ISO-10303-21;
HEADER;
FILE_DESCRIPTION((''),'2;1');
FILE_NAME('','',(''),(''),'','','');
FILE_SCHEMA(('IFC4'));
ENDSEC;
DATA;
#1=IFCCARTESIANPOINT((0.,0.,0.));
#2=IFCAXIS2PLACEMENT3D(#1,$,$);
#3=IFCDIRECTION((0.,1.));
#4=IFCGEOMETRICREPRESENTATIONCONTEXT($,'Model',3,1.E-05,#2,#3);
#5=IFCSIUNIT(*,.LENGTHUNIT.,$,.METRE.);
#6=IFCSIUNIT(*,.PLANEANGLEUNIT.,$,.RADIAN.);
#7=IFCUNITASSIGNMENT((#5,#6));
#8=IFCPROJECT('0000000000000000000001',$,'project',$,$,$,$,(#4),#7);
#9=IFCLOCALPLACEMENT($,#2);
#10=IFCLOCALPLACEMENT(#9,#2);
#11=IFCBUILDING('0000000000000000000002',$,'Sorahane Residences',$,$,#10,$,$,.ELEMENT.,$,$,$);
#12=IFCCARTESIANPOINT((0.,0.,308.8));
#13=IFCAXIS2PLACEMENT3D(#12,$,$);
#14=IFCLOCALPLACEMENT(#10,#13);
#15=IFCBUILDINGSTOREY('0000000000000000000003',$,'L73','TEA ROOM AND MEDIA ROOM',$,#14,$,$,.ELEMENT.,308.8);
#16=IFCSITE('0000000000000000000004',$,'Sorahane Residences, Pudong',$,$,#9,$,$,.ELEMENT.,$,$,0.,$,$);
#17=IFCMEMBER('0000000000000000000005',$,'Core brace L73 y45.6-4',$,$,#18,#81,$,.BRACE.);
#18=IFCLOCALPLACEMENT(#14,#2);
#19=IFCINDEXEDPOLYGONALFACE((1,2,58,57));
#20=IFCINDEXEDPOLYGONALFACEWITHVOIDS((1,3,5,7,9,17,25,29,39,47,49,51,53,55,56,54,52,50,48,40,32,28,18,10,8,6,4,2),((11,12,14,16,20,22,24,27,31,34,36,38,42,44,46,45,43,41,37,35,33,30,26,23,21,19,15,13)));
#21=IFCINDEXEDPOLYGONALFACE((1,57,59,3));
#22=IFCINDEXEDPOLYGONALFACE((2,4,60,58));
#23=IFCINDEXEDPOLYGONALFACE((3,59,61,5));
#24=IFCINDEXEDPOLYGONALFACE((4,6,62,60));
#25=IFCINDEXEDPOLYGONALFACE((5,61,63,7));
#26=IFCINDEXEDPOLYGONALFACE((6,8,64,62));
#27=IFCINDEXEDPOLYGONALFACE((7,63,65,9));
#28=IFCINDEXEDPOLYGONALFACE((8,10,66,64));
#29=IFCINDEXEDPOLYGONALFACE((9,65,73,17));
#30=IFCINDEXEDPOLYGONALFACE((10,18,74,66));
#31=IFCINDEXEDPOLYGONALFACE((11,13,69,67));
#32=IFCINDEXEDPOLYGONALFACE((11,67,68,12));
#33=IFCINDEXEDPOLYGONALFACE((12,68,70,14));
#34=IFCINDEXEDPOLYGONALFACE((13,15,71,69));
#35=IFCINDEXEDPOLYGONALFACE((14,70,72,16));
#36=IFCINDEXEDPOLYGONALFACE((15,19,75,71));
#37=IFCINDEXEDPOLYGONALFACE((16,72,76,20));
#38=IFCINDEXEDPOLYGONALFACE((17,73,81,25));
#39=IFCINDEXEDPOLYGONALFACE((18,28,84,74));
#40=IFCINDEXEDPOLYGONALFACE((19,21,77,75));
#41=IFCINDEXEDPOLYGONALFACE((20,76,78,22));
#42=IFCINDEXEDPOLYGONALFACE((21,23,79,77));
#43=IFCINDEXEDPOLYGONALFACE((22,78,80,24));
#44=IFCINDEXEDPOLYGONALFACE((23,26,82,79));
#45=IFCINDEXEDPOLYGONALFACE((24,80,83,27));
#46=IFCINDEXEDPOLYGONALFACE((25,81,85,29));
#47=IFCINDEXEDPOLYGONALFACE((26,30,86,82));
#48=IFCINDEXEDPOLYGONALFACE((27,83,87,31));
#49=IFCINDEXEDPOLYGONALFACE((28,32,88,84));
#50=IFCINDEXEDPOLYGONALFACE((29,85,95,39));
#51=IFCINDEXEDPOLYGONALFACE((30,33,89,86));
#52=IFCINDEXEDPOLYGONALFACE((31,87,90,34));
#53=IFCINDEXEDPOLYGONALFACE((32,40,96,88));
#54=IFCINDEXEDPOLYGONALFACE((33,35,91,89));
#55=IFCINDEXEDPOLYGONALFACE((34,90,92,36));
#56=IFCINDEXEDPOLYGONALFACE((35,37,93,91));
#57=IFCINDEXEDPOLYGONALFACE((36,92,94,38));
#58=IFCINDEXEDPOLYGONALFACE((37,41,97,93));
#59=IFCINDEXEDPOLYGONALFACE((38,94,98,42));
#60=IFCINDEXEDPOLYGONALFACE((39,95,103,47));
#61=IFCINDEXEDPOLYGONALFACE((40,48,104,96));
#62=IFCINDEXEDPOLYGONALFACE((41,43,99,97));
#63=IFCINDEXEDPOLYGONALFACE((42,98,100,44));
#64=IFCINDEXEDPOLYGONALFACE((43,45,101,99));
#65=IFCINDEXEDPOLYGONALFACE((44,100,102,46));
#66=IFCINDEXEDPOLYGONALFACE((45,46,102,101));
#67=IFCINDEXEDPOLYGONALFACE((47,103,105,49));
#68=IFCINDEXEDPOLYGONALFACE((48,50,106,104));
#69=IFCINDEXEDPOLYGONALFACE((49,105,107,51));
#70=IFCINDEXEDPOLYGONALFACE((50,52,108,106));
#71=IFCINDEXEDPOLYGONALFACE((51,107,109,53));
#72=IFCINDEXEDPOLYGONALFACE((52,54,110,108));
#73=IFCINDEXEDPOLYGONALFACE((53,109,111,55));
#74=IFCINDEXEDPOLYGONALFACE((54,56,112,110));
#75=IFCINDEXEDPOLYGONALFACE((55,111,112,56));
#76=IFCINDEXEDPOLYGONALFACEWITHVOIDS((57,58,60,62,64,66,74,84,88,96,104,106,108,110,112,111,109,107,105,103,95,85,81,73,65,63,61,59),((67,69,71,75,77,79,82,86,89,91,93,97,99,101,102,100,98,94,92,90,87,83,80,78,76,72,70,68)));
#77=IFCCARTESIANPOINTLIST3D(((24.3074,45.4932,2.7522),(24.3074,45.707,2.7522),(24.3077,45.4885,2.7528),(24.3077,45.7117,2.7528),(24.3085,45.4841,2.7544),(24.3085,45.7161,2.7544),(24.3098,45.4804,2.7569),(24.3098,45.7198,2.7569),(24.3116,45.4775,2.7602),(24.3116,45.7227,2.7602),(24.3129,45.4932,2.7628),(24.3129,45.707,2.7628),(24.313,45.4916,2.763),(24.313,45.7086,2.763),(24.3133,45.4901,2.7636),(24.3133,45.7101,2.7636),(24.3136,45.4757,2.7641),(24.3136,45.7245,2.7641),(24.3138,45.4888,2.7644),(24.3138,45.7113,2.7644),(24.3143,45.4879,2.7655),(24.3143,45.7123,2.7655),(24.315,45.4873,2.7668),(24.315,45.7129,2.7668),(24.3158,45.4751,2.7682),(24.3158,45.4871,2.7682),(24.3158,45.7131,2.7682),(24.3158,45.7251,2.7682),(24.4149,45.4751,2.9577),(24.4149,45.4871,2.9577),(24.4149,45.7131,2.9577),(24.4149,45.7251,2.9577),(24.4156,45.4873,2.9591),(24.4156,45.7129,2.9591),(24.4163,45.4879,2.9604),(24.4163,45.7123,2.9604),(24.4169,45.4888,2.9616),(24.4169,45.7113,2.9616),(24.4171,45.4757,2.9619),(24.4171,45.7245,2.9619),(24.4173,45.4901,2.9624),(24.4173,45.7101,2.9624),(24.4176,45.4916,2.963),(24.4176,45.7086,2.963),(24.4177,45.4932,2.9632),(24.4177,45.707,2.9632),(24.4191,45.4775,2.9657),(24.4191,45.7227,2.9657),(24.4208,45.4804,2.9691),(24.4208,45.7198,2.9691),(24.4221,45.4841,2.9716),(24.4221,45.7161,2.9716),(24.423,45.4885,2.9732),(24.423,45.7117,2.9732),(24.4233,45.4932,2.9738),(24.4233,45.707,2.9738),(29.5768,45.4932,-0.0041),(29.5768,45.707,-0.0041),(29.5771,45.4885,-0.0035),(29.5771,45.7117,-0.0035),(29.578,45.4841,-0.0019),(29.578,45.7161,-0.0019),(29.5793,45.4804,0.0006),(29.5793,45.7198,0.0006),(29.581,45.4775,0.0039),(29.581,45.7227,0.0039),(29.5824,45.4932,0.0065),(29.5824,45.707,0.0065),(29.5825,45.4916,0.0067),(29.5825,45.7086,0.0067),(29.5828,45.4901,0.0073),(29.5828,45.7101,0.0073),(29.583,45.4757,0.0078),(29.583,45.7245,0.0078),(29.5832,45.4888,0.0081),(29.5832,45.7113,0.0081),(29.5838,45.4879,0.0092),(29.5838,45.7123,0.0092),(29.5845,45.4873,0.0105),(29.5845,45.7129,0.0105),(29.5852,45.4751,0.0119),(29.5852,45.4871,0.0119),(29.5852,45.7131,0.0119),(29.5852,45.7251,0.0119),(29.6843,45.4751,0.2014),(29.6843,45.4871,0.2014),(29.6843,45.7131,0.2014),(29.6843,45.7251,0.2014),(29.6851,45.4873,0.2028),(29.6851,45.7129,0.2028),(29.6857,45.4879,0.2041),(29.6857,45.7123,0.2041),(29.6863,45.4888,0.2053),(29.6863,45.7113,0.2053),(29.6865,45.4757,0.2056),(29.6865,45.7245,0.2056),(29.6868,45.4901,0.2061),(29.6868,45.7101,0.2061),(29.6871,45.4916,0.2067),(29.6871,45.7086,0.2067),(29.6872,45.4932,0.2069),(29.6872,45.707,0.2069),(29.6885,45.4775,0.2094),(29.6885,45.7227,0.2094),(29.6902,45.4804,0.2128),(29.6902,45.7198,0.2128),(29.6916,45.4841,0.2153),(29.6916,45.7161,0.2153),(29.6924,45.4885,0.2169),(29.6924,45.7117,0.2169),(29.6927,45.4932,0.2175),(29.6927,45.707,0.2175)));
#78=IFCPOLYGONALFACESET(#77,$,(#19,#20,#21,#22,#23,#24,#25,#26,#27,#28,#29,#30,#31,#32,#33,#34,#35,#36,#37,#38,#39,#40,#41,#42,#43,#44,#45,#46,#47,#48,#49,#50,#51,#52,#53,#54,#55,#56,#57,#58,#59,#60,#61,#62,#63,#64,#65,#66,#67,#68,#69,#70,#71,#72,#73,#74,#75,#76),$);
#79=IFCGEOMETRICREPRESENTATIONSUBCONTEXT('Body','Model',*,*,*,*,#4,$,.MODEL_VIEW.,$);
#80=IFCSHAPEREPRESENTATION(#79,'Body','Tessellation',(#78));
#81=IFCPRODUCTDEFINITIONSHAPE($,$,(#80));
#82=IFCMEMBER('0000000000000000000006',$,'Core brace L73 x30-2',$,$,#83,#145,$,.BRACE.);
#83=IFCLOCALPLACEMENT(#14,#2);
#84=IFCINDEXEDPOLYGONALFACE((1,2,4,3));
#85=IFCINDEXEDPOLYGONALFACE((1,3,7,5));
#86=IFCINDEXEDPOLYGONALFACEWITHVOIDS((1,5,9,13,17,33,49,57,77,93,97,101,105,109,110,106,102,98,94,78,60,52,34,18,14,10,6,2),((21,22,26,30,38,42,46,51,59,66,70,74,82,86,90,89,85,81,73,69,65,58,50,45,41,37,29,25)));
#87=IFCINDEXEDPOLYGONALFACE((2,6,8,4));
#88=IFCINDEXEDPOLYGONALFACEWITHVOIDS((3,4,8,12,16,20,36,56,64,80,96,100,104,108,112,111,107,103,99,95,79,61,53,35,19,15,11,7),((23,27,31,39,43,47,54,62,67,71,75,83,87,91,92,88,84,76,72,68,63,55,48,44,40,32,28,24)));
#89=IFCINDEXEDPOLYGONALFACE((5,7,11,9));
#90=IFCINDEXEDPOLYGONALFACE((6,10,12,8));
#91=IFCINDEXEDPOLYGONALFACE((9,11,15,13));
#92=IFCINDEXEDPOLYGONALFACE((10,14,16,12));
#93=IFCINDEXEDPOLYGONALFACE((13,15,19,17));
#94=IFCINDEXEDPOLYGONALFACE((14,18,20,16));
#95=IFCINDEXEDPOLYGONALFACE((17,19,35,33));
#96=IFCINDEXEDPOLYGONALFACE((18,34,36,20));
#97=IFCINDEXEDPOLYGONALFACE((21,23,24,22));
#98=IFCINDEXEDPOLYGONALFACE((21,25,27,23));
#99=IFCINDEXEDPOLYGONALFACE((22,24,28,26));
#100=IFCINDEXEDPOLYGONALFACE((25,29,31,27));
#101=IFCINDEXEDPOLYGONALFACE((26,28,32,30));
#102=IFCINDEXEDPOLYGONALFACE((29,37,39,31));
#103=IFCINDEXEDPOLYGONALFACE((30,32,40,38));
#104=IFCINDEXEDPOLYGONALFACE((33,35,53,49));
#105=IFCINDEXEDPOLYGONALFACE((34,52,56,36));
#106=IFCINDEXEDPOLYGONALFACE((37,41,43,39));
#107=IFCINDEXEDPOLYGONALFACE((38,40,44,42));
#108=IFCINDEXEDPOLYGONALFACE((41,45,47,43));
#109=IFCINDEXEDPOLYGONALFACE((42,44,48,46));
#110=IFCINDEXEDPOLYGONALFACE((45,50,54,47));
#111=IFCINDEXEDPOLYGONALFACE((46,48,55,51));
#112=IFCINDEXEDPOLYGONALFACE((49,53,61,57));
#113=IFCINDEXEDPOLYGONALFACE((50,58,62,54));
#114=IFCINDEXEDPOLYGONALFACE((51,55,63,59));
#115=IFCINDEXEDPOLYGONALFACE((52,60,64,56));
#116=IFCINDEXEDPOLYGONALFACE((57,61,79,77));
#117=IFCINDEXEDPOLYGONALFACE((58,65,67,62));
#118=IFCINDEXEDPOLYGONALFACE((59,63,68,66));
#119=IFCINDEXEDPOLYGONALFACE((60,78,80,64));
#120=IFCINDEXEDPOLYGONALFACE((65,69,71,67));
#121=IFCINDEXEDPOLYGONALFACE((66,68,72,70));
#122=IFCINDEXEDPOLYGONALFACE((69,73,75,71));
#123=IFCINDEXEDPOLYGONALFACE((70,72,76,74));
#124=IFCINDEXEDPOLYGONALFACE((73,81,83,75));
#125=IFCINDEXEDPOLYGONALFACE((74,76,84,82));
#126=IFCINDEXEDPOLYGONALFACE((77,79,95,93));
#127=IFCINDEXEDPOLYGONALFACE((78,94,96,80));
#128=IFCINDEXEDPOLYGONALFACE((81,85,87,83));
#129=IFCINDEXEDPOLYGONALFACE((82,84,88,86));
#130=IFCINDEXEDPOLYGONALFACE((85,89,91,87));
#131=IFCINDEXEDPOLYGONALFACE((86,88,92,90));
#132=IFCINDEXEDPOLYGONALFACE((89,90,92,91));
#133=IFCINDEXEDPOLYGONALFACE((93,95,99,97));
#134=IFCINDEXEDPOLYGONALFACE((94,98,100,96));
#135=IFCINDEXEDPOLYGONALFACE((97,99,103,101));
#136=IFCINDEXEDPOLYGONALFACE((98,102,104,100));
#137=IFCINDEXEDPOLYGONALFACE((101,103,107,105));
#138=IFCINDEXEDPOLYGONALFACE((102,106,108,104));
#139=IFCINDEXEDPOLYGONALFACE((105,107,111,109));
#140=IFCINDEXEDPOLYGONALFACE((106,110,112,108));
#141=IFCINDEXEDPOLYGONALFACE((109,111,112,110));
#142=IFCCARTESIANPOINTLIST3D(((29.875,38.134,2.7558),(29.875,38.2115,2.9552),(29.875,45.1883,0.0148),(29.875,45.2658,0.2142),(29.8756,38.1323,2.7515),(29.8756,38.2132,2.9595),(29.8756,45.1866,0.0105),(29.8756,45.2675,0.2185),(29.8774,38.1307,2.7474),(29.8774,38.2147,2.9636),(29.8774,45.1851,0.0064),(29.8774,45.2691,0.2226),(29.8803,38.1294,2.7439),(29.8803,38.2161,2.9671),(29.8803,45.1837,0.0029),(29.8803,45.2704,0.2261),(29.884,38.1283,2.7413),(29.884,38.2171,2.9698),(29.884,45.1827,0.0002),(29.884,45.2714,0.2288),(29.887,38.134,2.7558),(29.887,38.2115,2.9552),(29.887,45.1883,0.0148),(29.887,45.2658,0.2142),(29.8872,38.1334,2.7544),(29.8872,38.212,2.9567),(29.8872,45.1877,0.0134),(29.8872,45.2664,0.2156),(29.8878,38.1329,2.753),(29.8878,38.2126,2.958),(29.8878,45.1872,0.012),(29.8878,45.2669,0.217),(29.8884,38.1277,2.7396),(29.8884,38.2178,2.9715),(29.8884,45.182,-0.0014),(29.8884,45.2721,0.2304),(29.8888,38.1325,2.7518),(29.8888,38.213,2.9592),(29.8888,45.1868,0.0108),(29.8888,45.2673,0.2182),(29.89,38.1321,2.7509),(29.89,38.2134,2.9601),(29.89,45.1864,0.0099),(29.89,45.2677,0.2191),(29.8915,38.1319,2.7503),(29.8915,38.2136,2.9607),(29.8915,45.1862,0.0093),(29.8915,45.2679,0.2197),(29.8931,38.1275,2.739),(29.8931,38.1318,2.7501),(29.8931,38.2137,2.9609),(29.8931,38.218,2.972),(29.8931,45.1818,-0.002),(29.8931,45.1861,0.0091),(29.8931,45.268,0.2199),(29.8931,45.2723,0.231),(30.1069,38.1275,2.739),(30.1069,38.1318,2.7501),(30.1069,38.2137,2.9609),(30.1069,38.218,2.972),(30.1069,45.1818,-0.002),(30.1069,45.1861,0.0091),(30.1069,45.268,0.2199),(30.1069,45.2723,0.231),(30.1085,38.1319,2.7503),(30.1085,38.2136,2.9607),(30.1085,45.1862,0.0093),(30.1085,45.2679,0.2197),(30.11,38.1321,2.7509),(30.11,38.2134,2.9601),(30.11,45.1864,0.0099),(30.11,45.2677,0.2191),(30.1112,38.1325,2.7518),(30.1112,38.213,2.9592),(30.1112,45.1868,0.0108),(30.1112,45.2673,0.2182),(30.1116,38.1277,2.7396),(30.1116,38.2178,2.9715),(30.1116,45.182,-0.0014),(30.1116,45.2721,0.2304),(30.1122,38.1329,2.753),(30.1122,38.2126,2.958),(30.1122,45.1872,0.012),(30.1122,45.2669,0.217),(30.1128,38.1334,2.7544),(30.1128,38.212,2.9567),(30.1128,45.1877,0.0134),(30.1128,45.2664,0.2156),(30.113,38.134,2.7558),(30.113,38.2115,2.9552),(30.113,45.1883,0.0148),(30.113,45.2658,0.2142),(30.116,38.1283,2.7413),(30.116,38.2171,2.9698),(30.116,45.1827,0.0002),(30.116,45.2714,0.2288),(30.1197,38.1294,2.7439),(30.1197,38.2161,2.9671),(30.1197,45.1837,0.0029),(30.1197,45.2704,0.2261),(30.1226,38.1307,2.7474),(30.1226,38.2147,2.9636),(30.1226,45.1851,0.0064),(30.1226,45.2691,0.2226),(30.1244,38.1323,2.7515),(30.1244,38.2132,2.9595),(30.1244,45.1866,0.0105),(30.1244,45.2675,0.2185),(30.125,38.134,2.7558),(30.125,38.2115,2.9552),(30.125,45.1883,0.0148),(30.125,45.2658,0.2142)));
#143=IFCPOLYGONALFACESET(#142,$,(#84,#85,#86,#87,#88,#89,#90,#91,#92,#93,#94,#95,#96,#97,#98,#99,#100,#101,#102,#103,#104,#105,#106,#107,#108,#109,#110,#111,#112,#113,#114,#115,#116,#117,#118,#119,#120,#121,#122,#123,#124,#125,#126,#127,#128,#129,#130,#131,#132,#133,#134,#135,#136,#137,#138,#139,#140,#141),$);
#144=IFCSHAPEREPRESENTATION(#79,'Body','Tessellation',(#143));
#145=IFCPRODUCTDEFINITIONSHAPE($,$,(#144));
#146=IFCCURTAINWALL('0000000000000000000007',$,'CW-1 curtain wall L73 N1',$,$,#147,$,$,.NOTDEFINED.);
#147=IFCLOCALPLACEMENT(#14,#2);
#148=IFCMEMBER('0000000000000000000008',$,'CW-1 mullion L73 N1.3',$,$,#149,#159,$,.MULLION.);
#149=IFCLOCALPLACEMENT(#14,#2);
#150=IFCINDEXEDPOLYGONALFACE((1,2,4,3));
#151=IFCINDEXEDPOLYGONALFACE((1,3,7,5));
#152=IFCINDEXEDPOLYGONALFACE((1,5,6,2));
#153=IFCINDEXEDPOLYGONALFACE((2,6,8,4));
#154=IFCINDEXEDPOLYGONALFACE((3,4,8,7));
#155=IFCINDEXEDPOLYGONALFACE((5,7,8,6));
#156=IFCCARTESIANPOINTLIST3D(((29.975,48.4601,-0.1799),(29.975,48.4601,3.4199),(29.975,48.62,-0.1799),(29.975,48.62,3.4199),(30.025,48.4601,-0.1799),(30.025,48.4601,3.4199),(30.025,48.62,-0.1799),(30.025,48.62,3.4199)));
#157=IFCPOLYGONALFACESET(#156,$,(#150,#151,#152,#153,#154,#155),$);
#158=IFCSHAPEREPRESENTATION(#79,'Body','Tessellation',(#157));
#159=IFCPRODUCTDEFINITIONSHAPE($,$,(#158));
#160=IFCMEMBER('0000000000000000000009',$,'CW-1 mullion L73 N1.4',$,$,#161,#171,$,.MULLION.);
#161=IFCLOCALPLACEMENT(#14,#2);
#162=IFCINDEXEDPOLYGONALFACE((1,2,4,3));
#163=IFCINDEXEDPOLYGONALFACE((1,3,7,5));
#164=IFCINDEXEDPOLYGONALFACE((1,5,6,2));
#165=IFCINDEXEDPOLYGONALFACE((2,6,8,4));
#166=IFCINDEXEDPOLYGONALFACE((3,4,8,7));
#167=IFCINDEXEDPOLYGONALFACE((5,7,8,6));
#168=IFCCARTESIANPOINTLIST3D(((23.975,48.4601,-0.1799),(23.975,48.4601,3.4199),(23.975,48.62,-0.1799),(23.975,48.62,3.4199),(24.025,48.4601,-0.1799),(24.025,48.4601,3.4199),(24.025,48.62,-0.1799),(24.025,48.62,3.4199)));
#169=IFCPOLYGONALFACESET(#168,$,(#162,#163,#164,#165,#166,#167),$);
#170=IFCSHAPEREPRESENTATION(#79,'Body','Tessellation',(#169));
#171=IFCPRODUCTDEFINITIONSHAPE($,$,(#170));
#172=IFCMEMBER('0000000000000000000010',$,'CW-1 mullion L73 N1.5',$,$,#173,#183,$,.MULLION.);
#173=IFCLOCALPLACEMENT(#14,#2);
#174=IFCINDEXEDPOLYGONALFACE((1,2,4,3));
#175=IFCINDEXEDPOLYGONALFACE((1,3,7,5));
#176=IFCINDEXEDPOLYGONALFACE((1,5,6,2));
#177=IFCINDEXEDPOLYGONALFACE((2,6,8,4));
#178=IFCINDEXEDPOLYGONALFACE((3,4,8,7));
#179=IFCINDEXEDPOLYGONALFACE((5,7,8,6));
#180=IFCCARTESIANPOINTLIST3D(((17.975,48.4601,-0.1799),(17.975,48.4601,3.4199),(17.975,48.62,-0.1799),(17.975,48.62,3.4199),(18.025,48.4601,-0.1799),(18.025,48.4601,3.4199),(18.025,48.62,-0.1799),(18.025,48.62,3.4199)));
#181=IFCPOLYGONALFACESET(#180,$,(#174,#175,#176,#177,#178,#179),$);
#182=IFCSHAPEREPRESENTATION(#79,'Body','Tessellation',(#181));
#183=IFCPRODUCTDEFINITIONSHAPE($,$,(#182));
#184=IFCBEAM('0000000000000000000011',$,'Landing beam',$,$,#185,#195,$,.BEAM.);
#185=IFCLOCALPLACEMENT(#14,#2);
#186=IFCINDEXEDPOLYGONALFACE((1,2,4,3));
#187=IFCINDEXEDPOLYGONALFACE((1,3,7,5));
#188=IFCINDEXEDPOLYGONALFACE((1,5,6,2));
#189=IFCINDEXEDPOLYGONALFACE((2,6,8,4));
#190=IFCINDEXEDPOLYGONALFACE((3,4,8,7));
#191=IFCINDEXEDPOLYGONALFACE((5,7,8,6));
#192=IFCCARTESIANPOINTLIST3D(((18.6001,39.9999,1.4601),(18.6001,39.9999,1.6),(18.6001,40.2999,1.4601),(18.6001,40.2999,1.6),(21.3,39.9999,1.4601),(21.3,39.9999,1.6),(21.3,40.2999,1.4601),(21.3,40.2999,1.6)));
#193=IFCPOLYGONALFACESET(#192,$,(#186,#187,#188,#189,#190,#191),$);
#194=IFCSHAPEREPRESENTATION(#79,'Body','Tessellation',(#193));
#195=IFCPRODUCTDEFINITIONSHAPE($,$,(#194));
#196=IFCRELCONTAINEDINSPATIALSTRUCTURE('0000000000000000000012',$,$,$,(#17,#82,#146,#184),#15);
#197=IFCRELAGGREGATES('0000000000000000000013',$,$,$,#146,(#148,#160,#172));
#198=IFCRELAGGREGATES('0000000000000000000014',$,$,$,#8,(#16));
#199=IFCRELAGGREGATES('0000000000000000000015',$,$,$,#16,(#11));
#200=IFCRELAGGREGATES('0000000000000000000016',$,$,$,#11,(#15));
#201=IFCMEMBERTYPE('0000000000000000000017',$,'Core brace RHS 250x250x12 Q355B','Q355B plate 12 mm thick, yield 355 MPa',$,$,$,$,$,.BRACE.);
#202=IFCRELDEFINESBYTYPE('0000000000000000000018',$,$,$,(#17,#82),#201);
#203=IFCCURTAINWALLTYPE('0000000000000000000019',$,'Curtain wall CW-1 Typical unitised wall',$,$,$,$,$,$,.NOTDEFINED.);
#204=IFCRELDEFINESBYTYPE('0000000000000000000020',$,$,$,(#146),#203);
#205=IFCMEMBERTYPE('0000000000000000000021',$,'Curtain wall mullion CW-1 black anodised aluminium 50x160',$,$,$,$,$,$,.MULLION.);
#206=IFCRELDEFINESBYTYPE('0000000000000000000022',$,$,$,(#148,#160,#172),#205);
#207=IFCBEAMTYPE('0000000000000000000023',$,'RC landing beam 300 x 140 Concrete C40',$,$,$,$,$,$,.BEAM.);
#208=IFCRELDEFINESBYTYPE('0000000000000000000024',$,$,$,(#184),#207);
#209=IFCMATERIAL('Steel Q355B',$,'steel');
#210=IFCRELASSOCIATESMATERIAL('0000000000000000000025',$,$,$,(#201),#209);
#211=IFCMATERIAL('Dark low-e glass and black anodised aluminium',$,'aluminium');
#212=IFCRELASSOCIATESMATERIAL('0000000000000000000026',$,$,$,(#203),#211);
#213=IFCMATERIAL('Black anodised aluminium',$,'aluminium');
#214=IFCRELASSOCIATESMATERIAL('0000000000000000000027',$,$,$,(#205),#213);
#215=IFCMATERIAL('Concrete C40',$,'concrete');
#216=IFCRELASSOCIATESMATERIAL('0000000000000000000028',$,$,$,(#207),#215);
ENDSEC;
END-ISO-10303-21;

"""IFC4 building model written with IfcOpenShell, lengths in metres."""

from ifc_helpers import new_model, si_unit, direction, frame, origin, origin_2d, place, context, subcontext, project, spatial, rectangle, hollow_rectangle, extrude, material, material_profile, profile_set, type_object, element, aggregate, save


model = new_model("IFC4")

# Units and contexts
model_context = context("Model", 3, precision=1e-05, world=origin(), true_north=direction((0.0, 1.0)))
body_context = subcontext(model_context, "Body", "Model", "MODEL_VIEW")
ifc_project = project(units=[si_unit("LENGTHUNIT", "METRE"), si_unit("PLANEANGLEUNIT", "RADIAN")], contexts=[model_context])

# Site, building, storey
site_placement = place(None, origin())
site = spatial("IfcSite", under=ifc_project, at=site_placement, Name="Sorahane Residences, Pudong", CompositionType="ELEMENT", RefElevation=0.0)
building_placement = place(site_placement, origin())
building = spatial("IfcBuilding", under=site, at=building_placement, Name="Sorahane Residences", CompositionType="ELEMENT")
storey_placement = place(building_placement, frame((0.0, 0.0, 308.8)))
storey = spatial("IfcBuildingStorey", under=building, at=storey_placement, Name="L73", Description="TEA ROOM AND MEDIA ROOM", CompositionType="ELEMENT", Elevation=308.8)

# Members
ifc_material_1 = material(Name="Steel Q355B", Category="steel")
ifc_material_profile_1 = material_profile(ifc_material_1, hollow_rectangle(XDim=0.25, YDim=0.25, WallThickness=0.012, InnerFilletRadius=0.0061, OuterFilletRadius=0.0181, at=origin_2d()), Name="RHS 250x250x12")
ifc_profile_set_1 = profile_set([ifc_material_profile_1], Name="Steel Q355B")
member_type_1 = type_object("IfcMemberType", Name="Core brace RHS 250x250x12 Q355B", Description="Q355B plate 12 mm thick, yield 355 MPa", PredefinedType="BRACE", material=ifc_profile_set_1)
for number, where, z_axis, x_axis, name in (
    (1, (29.6348, 45.6001, 0.1067), (-0.8861, 0.0, 0.463495), (0.0, -1.0, 0.0), "Core brace L73 y45.6-4"),
):
    element("IfcMember", number, at=place(storey_placement, frame(where, z_axis=z_axis, x_axis=x_axis)), inside=storey, type_object=member_type_1, Name=name, PredefinedType="BRACE", context=body_context, shape_type="SweptSolid", body=[
        extrude(hollow_rectangle(XDim=0.25, YDim=0.25, WallThickness=0.012, InnerFilletRadius=0.0061, OuterFilletRadius=0.0181, at=origin_2d()), origin(), (0.0, 0.0, 1.0), 5.9468),
    ])
member_1_placement = place(storey_placement, frame((30.0, 45.2271, 0.1145), z_axis=(0.0, -0.932109, 0.362178), x_axis=(1.0, 0.0, 0.0)))
element("IfcMember", 2, at=member_1_placement, inside=storey, type_object=member_type_1, Name="Core brace L73 x30-2", PredefinedType="BRACE", context=body_context, shape_type="SweptSolid", body=[
    extrude(hollow_rectangle(XDim=0.25, YDim=0.25, WallThickness=0.012, InnerFilletRadius=0.0061, OuterFilletRadius=0.0181, at=origin_2d()), origin(), (0.0, 0.0, 1.0), 7.5681),
])

# Curtain wall, members
ifc_material_2 = material(Name="Dark low-e glass and black anodised aluminium", Category="aluminium")
curtain_wall_type = type_object("IfcCurtainWallType", Name="Curtain wall CW-1 Typical unitised wall", PredefinedType="NOTDEFINED", material=ifc_material_2)
curtain_wall_placement = place(storey_placement, origin())
curtain_wall = element("IfcCurtainWall", 3, at=curtain_wall_placement, inside=storey, type_object=curtain_wall_type, Name="CW-1 curtain wall L73 N1", PredefinedType="NOTDEFINED")
ifc_material_3 = material(Name="Black anodised aluminium", Category="aluminium")
ifc_material_profile_2 = material_profile(ifc_material_3, rectangle(XDim=0.1599, YDim=0.05, at=origin_2d()), Name="Curtain wall mullion CW-1 black anodised aluminium 50x160")
ifc_profile_set_2 = profile_set([ifc_material_profile_2], Name="Black anodised aluminium")
member_type_2 = type_object("IfcMemberType", Name="Curtain wall mullion CW-1 black anodised aluminium 50x160", PredefinedType="MULLION", material=ifc_profile_set_2)
member_2_placement = place(storey_placement, frame((30.0, 48.54, -0.1799), z_axis=(0.0, 0.0, 1.0), x_axis=(0.0, 1.0, 0.0)))
member_2 = element("IfcMember", 4, at=member_2_placement, type_object=member_type_2, Name="CW-1 mullion L73 N1.3", PredefinedType="MULLION", context=body_context, shape_type="SweptSolid", body=[
    extrude(rectangle(XDim=0.1599, YDim=0.05, at=origin_2d()), origin(), (0.0, 0.0, 1.0), 3.5999),
])
member_3_placement = place(storey_placement, frame((24.0, 48.54, -0.1799), z_axis=(0.0, 0.0, 1.0), x_axis=(0.0, 1.0, 0.0)))
member_3 = element("IfcMember", 5, at=member_3_placement, type_object=member_type_2, Name="CW-1 mullion L73 N1.4", PredefinedType="MULLION", context=body_context, shape_type="SweptSolid", body=[
    extrude(rectangle(XDim=0.1599, YDim=0.05, at=origin_2d()), origin(), (0.0, 0.0, 1.0), 3.5999),
])
member_4_placement = place(storey_placement, frame((18.0, 48.54, -0.1799), z_axis=(0.0, 0.0, 1.0), x_axis=(0.0, 1.0, 0.0)))
member_4 = element("IfcMember", 6, at=member_4_placement, type_object=member_type_2, Name="CW-1 mullion L73 N1.5", PredefinedType="MULLION", context=body_context, shape_type="SweptSolid", body=[
    extrude(rectangle(XDim=0.1599, YDim=0.05, at=origin_2d()), origin(), (0.0, 0.0, 1.0), 3.5999),
])

# Beam
ifc_material_4 = material(Name="Concrete C40", Category="concrete")
ifc_material_profile_3 = material_profile(ifc_material_4, rectangle(XDim=0.3, YDim=0.1399, at=origin_2d()), Name="300x140")
ifc_profile_set_3 = profile_set([ifc_material_profile_3], Name="Concrete C40")
beam_type_1 = type_object("IfcBeamType", Name="RC landing beam 300 x 140 Concrete C40", PredefinedType="BEAM", material=ifc_profile_set_3)
beam_1_placement = place(storey_placement, frame((18.6001, 40.1499, 1.53), z_axis=(1.0, 0.0, 0.0), x_axis=(0.0, 1.0, 0.0)))
element("IfcBeam", 7, at=beam_1_placement, inside=storey, type_object=beam_type_1, Name="Landing beam", PredefinedType="BEAM", context=body_context, shape_type="SweptSolid", body=[
    extrude(rectangle(XDim=0.3, YDim=0.1399, at=origin_2d()), origin(), (0.0, 0.0, 1.0), 2.7),
])

aggregate(curtain_wall, [member_2, member_3, member_4])

save(model, "model.ifc")
